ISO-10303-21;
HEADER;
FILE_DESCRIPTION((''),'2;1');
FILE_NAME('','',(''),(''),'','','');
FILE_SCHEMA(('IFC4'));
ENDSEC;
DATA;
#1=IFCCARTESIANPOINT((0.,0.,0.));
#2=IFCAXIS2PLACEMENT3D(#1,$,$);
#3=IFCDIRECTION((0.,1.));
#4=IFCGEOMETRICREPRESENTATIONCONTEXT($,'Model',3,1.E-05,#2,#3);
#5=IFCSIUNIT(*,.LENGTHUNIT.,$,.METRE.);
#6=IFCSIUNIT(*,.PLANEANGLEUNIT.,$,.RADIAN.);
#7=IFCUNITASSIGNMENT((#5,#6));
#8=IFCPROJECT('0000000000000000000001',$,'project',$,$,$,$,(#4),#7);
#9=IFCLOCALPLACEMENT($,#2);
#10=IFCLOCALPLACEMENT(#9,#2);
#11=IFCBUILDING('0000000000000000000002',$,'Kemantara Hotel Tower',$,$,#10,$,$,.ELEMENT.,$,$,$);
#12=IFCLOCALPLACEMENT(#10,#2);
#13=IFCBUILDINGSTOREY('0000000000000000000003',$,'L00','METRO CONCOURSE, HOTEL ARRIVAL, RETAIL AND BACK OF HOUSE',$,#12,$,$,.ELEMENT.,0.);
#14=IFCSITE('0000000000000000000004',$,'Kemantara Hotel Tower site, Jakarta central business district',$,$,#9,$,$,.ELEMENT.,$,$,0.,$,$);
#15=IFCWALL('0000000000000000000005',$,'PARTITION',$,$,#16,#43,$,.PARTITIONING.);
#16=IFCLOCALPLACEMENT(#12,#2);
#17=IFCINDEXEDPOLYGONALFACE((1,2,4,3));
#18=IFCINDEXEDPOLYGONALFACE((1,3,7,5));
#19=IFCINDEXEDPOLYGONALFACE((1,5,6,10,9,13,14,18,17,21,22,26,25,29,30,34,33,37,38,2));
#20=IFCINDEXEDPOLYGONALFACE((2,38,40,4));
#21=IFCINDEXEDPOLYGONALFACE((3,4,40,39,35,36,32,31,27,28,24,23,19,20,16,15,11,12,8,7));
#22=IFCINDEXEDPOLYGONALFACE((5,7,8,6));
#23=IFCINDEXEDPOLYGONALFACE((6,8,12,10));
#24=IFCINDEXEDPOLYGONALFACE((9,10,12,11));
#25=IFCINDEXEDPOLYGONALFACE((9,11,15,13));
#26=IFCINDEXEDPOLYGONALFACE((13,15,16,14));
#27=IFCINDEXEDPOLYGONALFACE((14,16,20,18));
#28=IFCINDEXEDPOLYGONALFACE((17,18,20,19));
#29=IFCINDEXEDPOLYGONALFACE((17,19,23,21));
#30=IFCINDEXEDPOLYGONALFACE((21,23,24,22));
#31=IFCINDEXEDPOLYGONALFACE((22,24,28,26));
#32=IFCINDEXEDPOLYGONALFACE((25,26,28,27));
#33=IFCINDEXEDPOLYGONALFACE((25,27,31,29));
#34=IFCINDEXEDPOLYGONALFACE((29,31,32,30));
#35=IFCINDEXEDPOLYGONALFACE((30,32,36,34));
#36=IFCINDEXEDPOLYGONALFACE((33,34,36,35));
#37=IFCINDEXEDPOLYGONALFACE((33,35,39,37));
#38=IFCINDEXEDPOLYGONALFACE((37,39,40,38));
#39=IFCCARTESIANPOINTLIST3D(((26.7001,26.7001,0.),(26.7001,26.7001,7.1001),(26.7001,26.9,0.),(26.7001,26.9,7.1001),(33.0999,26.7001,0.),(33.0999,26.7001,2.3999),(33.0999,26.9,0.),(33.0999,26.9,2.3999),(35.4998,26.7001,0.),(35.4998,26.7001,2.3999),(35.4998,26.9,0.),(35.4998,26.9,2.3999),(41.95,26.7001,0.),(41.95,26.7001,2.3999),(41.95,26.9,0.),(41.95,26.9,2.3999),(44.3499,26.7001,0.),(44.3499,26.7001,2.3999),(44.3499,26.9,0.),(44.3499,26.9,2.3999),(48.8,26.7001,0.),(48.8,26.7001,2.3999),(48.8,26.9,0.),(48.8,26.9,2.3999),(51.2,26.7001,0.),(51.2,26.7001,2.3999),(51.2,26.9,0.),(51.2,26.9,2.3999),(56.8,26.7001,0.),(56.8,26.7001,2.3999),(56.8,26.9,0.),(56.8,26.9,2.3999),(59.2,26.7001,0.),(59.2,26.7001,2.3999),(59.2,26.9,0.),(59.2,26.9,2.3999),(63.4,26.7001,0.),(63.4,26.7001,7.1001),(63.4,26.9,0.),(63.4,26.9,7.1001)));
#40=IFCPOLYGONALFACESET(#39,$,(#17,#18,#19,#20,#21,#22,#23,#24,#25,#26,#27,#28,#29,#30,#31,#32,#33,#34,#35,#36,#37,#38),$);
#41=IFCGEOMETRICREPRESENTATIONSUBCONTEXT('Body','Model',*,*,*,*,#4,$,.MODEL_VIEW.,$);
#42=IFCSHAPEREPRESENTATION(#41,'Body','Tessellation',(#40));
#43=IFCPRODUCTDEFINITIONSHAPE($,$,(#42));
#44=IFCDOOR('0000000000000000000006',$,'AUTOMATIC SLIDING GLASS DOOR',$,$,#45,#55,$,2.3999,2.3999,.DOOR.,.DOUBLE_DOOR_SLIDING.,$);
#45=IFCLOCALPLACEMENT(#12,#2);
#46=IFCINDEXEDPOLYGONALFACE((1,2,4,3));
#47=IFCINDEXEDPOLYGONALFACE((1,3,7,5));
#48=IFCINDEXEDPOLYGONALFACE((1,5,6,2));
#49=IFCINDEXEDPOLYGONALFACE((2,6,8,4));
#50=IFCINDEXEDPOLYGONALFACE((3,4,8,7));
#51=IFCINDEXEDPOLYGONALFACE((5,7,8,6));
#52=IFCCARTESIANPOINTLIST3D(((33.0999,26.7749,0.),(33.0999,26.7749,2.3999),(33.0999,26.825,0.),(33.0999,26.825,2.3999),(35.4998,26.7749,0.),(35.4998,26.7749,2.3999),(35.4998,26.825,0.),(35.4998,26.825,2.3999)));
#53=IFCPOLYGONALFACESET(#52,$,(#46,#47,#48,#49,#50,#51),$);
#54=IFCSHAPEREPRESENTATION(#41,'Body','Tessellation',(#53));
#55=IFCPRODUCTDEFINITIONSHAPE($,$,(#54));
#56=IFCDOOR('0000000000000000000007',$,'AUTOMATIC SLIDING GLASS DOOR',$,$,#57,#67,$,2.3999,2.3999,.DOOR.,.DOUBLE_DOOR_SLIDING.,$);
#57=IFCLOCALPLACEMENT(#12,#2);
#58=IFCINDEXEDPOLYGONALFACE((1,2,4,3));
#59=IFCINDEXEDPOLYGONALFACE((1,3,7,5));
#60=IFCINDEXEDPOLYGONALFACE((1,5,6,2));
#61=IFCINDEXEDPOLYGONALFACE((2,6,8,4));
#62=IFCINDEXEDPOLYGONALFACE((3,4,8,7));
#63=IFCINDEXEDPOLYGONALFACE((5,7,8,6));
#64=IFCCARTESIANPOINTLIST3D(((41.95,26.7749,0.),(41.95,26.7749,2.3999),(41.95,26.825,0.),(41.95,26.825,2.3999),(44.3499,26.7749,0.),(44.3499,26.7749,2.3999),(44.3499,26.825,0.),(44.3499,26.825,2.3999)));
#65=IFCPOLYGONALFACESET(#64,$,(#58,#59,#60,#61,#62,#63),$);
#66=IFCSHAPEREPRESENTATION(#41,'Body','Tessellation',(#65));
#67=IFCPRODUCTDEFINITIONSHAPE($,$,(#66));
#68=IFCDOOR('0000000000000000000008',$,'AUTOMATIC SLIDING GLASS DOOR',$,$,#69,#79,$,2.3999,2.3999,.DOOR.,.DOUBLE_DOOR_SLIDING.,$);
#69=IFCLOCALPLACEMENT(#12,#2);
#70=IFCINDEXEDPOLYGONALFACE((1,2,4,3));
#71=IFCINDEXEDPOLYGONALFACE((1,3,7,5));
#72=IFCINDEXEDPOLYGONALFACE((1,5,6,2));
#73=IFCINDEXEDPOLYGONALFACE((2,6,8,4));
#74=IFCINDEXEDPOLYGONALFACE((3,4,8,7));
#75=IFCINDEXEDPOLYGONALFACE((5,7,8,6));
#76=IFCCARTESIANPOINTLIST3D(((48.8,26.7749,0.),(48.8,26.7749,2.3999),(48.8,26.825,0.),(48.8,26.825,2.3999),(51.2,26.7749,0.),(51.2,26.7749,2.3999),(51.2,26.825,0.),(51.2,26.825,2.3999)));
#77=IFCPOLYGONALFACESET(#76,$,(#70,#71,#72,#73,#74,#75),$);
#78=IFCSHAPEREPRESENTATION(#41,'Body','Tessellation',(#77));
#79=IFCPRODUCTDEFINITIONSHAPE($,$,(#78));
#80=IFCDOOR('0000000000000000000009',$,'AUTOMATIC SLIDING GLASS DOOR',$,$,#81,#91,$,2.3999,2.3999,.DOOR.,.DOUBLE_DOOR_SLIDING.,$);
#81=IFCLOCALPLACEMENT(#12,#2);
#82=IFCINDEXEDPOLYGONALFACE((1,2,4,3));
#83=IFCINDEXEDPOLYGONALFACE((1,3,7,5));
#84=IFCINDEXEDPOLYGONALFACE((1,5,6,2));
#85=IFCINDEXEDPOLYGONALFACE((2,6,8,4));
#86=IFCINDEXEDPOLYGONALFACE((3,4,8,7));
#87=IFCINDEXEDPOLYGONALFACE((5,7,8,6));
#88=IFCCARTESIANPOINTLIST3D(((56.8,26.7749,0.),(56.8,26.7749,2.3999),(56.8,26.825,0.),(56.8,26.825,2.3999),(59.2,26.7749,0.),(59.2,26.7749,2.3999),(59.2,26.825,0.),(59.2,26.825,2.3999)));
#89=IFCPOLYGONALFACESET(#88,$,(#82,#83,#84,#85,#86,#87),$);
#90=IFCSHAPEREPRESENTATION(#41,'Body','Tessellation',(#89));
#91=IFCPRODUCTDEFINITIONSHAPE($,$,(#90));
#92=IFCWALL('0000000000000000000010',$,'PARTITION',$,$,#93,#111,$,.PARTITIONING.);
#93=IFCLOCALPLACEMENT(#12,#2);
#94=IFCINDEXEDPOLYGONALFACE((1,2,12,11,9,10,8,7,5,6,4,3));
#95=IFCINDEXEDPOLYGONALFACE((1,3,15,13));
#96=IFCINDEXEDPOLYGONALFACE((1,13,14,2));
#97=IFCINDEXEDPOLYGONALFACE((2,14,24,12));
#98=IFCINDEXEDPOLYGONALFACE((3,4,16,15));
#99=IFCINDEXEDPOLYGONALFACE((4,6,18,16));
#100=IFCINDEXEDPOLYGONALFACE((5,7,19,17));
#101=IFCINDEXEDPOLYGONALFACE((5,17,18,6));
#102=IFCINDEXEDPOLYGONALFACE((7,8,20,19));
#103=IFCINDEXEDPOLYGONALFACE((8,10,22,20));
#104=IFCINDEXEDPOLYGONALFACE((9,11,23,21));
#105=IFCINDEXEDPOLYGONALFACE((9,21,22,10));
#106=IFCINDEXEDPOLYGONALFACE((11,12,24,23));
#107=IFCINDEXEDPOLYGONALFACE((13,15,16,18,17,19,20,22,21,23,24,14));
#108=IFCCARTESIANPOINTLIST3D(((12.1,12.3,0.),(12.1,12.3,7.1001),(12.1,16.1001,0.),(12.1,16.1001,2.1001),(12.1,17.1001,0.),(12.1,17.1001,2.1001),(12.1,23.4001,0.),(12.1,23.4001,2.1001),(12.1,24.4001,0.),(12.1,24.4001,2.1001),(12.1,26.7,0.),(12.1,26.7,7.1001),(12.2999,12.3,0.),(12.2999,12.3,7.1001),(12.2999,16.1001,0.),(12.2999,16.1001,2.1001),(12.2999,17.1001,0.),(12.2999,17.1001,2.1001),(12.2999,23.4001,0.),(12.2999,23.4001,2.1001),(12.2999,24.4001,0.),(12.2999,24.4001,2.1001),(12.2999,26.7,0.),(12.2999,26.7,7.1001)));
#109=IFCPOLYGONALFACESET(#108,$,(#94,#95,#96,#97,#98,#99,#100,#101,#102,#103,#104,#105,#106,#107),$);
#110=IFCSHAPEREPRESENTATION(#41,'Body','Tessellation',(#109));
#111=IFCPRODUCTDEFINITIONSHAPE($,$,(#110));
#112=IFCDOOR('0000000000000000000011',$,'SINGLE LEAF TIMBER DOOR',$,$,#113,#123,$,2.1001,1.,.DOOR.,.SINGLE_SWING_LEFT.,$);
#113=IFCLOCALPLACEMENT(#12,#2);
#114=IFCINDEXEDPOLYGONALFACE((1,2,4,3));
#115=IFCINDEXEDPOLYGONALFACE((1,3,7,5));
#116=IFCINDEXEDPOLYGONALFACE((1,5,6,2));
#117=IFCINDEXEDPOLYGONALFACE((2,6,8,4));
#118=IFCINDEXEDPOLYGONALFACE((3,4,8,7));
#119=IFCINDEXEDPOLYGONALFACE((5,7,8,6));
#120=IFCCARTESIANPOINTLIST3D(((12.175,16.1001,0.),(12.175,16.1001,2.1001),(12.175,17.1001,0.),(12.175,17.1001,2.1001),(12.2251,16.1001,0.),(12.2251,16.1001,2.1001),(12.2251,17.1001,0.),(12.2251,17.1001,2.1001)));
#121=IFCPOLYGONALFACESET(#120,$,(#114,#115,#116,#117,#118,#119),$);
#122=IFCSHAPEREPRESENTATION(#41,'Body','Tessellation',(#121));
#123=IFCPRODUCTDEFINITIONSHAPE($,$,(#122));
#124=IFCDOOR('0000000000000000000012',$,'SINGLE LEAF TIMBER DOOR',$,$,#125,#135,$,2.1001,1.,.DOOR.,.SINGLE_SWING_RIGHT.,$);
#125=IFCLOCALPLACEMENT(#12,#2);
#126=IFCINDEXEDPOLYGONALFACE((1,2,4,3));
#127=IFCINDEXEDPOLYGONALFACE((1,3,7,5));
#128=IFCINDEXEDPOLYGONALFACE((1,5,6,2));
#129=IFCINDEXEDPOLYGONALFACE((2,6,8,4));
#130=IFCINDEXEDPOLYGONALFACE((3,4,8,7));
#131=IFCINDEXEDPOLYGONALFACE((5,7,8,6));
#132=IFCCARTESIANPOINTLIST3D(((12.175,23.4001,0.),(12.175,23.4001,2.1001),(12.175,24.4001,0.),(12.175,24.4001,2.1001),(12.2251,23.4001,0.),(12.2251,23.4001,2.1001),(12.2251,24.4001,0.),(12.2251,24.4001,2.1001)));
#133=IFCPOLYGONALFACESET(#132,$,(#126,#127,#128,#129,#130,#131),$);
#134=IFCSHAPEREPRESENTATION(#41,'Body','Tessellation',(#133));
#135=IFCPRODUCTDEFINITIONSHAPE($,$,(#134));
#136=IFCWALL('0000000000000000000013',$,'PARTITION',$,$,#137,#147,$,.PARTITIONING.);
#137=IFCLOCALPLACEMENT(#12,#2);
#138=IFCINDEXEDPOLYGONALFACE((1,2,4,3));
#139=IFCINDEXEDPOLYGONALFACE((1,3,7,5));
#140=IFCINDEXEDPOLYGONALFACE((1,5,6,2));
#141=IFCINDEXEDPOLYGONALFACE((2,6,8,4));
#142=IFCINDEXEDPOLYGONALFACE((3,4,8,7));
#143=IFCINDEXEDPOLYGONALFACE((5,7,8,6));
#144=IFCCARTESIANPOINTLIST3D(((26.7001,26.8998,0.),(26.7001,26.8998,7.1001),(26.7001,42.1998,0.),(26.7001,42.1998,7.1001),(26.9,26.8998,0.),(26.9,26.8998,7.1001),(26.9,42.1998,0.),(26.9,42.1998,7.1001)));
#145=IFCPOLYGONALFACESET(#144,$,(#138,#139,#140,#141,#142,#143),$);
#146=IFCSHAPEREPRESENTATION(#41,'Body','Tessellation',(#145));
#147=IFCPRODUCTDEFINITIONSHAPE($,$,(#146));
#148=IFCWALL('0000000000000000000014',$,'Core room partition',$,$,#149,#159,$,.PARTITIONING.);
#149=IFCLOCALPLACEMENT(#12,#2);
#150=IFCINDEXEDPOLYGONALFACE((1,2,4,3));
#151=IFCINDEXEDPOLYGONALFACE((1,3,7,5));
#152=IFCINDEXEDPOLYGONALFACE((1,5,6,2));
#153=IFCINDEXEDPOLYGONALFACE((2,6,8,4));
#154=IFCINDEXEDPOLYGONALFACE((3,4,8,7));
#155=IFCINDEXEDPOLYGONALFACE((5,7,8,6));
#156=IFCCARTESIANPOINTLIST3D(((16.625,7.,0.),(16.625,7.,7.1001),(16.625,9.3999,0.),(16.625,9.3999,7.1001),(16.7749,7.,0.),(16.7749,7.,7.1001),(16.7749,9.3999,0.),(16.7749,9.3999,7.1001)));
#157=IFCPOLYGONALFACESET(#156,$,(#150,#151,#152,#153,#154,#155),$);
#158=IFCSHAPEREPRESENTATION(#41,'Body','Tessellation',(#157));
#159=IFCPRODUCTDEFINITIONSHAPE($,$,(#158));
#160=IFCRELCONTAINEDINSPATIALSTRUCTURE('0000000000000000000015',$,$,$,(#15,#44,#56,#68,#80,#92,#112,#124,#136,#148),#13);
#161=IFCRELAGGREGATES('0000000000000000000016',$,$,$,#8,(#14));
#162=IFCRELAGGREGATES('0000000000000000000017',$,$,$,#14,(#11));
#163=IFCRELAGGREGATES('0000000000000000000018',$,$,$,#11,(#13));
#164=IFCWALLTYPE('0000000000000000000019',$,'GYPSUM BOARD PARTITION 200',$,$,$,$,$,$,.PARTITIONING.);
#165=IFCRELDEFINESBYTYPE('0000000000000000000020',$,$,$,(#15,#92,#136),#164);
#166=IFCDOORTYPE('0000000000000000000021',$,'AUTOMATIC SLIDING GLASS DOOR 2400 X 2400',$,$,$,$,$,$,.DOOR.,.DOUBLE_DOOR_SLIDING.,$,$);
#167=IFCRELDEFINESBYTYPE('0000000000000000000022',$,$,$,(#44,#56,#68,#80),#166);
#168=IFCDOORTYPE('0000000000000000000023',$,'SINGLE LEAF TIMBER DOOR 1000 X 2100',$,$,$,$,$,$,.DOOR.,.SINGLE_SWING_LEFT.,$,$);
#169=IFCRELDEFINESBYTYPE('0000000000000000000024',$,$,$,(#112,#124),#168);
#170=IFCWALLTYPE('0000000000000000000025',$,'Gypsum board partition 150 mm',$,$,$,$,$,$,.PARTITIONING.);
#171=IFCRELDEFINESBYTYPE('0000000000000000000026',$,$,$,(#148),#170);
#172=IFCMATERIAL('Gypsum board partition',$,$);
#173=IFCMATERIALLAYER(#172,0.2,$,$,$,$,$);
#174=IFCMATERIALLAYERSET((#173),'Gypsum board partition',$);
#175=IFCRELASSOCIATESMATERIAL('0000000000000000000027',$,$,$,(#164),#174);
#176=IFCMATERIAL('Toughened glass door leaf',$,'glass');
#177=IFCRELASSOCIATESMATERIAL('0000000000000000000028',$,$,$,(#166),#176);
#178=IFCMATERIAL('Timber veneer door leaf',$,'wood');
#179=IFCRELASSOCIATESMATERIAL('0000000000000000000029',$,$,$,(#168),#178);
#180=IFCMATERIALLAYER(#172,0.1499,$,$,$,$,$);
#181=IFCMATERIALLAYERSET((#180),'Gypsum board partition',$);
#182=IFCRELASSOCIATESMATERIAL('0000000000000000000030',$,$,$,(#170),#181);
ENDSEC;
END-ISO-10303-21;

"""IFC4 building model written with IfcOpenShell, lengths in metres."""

from ifc_helpers import new_model, si_unit, direction, frame, frame_2d, origin, place, context, subcontext, project, spatial, rectangle, extrude, material, layer, layer_set, type_object, element, fill, save


model = new_model("IFC4")

# Units and contexts
model_context = context("Model", 3, precision=1e-05, world=origin(), true_north=direction((0.0, 1.0)))
body_context = subcontext(model_context, "Body", "Model", "MODEL_VIEW")
ifc_project = project(units=[si_unit("LENGTHUNIT", "METRE"), si_unit("PLANEANGLEUNIT", "RADIAN")], contexts=[model_context])

# Site, building, storey
site_placement = place(None, origin())
site = spatial("IfcSite", under=ifc_project, at=site_placement, Name="Kemantara Hotel Tower site, Jakarta central business district", CompositionType="ELEMENT", RefElevation=0.0)
building_placement = place(site_placement, origin())
building = spatial("IfcBuilding", under=site, at=building_placement, Name="Kemantara Hotel Tower", CompositionType="ELEMENT")
storey_placement = place(building_placement, origin())
storey = spatial("IfcBuildingStorey", under=building, at=storey_placement, Name="L00", Description="METRO CONCOURSE, HOTEL ARRIVAL, RETAIL AND BACK OF HOUSE", CompositionType="ELEMENT", Elevation=0.0)

# Walls, openings, doors
ifc_material_1 = material(Name="Gypsum board partition")
ifc_layer_1 = layer(ifc_material_1, 0.2)
ifc_layer_set_1 = layer_set([ifc_layer_1], Name="Gypsum board partition")
wall_type_1 = type_object("IfcWallType", Name="GYPSUM BOARD PARTITION 200", PredefinedType="PARTITIONING", material=ifc_layer_set_1)
wall_1_placement = place(storey_placement, frame((26.7, 26.8, 0.0), z_axis=(0.0, 0.0, 1.0), x_axis=(1.0, 0.0, 0.0)))
wall_1 = element("IfcWall", 1, at=wall_1_placement, inside=storey, type_object=wall_type_1, Name="PARTITION", PredefinedType="PARTITIONING", context=body_context, shape_type="SweptSolid", body=[
    extrude(rectangle(XDim=36.7, YDim=0.2, at=frame_2d((18.3501, 0.0))), origin(), (0.0, 0.0, 1.0), 7.1001),
])
opening_1_placement = place(wall_1_placement, frame((6.3999, 0.0, 0.0)))
opening_1 = element("IfcOpeningElement", 2, at=opening_1_placement, cuts=wall_1, PredefinedType="OPENING", context=body_context, shape_type="SweptSolid", body=[
    extrude(rectangle(XDim=2.3999, YDim=2.3999, at=frame_2d((1.2, 1.2))), frame((0.0, 0.1099, 0.0), z_axis=(0.0, -1.0, 0.0), x_axis=(1.0, 0.0, 0.0)), (0.0, 0.0, 1.0), 0.22),
])
opening_2_placement = place(wall_1_placement, frame((15.25, 0.0, 0.0)))
opening_2 = element("IfcOpeningElement", 3, at=opening_2_placement, cuts=wall_1, PredefinedType="OPENING", context=body_context, shape_type="SweptSolid", body=[
    extrude(rectangle(XDim=2.3999, YDim=2.3999, at=frame_2d((1.2, 1.2))), frame((0.0, 0.1099, 0.0), z_axis=(0.0, -1.0, 0.0), x_axis=(1.0, 0.0, 0.0)), (0.0, 0.0, 1.0), 0.22),
])
opening_3_placement = place(wall_1_placement, frame((22.1001, 0.0, 0.0)))
opening_3 = element("IfcOpeningElement", 4, at=opening_3_placement, cuts=wall_1, PredefinedType="OPENING", context=body_context, shape_type="SweptSolid", body=[
    extrude(rectangle(XDim=2.3999, YDim=2.3999, at=frame_2d((1.2, 1.2))), frame((0.0, 0.1099, 0.0), z_axis=(0.0, -1.0, 0.0), x_axis=(1.0, 0.0, 0.0)), (0.0, 0.0, 1.0), 0.22),
])
opening_4_placement = place(wall_1_placement, frame((30.1001, 0.0, 0.0)))
opening_4 = element("IfcOpeningElement", 5, at=opening_4_placement, cuts=wall_1, PredefinedType="OPENING", context=body_context, shape_type="SweptSolid", body=[
    extrude(rectangle(XDim=2.3999, YDim=2.3999, at=frame_2d((1.2, 1.2))), frame((0.0, 0.1099, 0.0), z_axis=(0.0, -1.0, 0.0), x_axis=(1.0, 0.0, 0.0)), (0.0, 0.0, 1.0), 0.22),
])
ifc_material_2 = material(Name="Toughened glass door leaf", Category="glass")
door_type_1 = type_object("IfcDoorType", Name="AUTOMATIC SLIDING GLASS DOOR 2400 X 2400", OperationType="DOUBLE_DOOR_SLIDING", PredefinedType="DOOR", material=ifc_material_2)
door_1_placement = place(opening_1_placement, origin())
door_1 = element("IfcDoor", 6, at=door_1_placement, inside=storey, type_object=door_type_1, Name="AUTOMATIC SLIDING GLASS DOOR", OperationType="DOUBLE_DOOR_SLIDING", OverallHeight=2.3999, OverallWidth=2.3999, PredefinedType="DOOR", context=body_context, shape_type="SweptSolid", body=[
    extrude(rectangle(XDim=2.3999, YDim=2.3999, at=frame_2d((1.2, 1.2))), frame((0.0, 0.0249, 0.0), z_axis=(0.0, -1.0, 0.0), x_axis=(1.0, 0.0, 0.0)), (0.0, 0.0, 1.0), 0.05),
])
fill(opening_1, door_1)
door_2_placement = place(opening_2_placement, origin())
door_2 = element("IfcDoor", 7, at=door_2_placement, inside=storey, type_object=door_type_1, Name="AUTOMATIC SLIDING GLASS DOOR", OperationType="DOUBLE_DOOR_SLIDING", OverallHeight=2.3999, OverallWidth=2.3999, PredefinedType="DOOR", context=body_context, shape_type="SweptSolid", body=[
    extrude(rectangle(XDim=2.3999, YDim=2.3999, at=frame_2d((1.2, 1.2))), frame((0.0, 0.0249, 0.0), z_axis=(0.0, -1.0, 0.0), x_axis=(1.0, 0.0, 0.0)), (0.0, 0.0, 1.0), 0.05),
])
fill(opening_2, door_2)
door_3_placement = place(opening_3_placement, origin())
door_3 = element("IfcDoor", 8, at=door_3_placement, inside=storey, type_object=door_type_1, Name="AUTOMATIC SLIDING GLASS DOOR", OperationType="DOUBLE_DOOR_SLIDING", OverallHeight=2.3999, OverallWidth=2.3999, PredefinedType="DOOR", context=body_context, shape_type="SweptSolid", body=[
    extrude(rectangle(XDim=2.3999, YDim=2.3999, at=frame_2d((1.2, 1.2))), frame((0.0, 0.0249, 0.0), z_axis=(0.0, -1.0, 0.0), x_axis=(1.0, 0.0, 0.0)), (0.0, 0.0, 1.0), 0.05),
])
fill(opening_3, door_3)
door_4_placement = place(opening_4_placement, origin())
door_4 = element("IfcDoor", 9, at=door_4_placement, inside=storey, type_object=door_type_1, Name="AUTOMATIC SLIDING GLASS DOOR", OperationType="DOUBLE_DOOR_SLIDING", OverallHeight=2.3999, OverallWidth=2.3999, PredefinedType="DOOR", context=body_context, shape_type="SweptSolid", body=[
    extrude(rectangle(XDim=2.3999, YDim=2.3999, at=frame_2d((1.2, 1.2))), frame((0.0, 0.0249, 0.0), z_axis=(0.0, -1.0, 0.0), x_axis=(1.0, 0.0, 0.0)), (0.0, 0.0, 1.0), 0.05),
])
fill(opening_4, door_4)
wall_2_placement = place(storey_placement, frame((12.2, 12.3, 0.0), z_axis=(0.0, 0.0, 1.0), x_axis=(0.0, 1.0, 0.0)))
wall_2 = element("IfcWall", 10, at=wall_2_placement, inside=storey, type_object=wall_type_1, Name="PARTITION", PredefinedType="PARTITIONING", context=body_context, shape_type="SweptSolid", body=[
    extrude(rectangle(XDim=14.3999, YDim=0.2, at=frame_2d((7.2, 0.0))), origin(), (0.0, 0.0, 1.0), 7.1001),
])
opening_5_placement = place(wall_2_placement, frame((3.8, 0.0, 0.0)))
opening_5 = element("IfcOpeningElement", 11, at=opening_5_placement, cuts=wall_2, PredefinedType="OPENING", context=body_context, shape_type="SweptSolid", body=[
    extrude(rectangle(XDim=1.0, YDim=2.1001, at=frame_2d((0.5, 1.05))), frame((0.0, 0.1099, 0.0), z_axis=(0.0, -1.0, 0.0), x_axis=(1.0, 0.0, 0.0)), (0.0, 0.0, 1.0), 0.22),
])
opening_6_placement = place(wall_2_placement, frame((11.1001, 0.0, 0.0)))
opening_6 = element("IfcOpeningElement", 12, at=opening_6_placement, cuts=wall_2, PredefinedType="OPENING", context=body_context, shape_type="SweptSolid", body=[
    extrude(rectangle(XDim=1.0, YDim=2.1001, at=frame_2d((0.5, 1.05))), frame((0.0, 0.1099, 0.0), z_axis=(0.0, -1.0, 0.0), x_axis=(1.0, 0.0, 0.0)), (0.0, 0.0, 1.0), 0.22),
])
ifc_material_3 = material(Name="Timber veneer door leaf", Category="wood")
door_type_2 = type_object("IfcDoorType", Name="SINGLE LEAF TIMBER DOOR 1000 X 2100", OperationType="SINGLE_SWING_LEFT", PredefinedType="DOOR", material=ifc_material_3)
door_5_placement = place(opening_5_placement, origin())
door_5 = element("IfcDoor", 13, at=door_5_placement, inside=storey, type_object=door_type_2, Name="SINGLE LEAF TIMBER DOOR", OperationType="SINGLE_SWING_LEFT", OverallHeight=2.1001, OverallWidth=1.0, PredefinedType="DOOR", context=body_context, shape_type="SweptSolid", body=[
    extrude(rectangle(XDim=1.0, YDim=2.1001, at=frame_2d((0.5, 1.05))), frame((0.0, 0.0249, 0.0), z_axis=(0.0, -1.0, 0.0), x_axis=(1.0, 0.0, 0.0)), (0.0, 0.0, 1.0), 0.05),
])
fill(opening_5, door_5)
door_6_placement = place(opening_6_placement, origin())
door_6 = element("IfcDoor", 14, at=door_6_placement, inside=storey, type_object=door_type_2, Name="SINGLE LEAF TIMBER DOOR", OperationType="SINGLE_SWING_RIGHT", OverallHeight=2.1001, OverallWidth=1.0, PredefinedType="DOOR", context=body_context, shape_type="SweptSolid", body=[
    extrude(rectangle(XDim=1.0, YDim=2.1001, at=frame_2d((0.5, 1.05))), frame((0.0, 0.0249, 0.0), z_axis=(0.0, -1.0, 0.0), x_axis=(1.0, 0.0, 0.0)), (0.0, 0.0, 1.0), 0.05),
])
fill(opening_6, door_6)

# Walls
wall_3_placement = place(storey_placement, frame((26.8, 26.8999, 0.0), z_axis=(0.0, 0.0, 1.0), x_axis=(0.0, 1.0, 0.0)))
element("IfcWall", 15, at=wall_3_placement, inside=storey, type_object=wall_type_1, Name="PARTITION", PredefinedType="PARTITIONING", context=body_context, shape_type="SweptSolid", body=[
    extrude(rectangle(XDim=15.3, YDim=0.2, at=frame_2d((7.6499, 0.0))), origin(), (0.0, 0.0, 1.0), 7.1001),
])
ifc_layer_2 = layer(ifc_material_1, 0.1499)
ifc_layer_set_2 = layer_set([ifc_layer_2], Name="Gypsum board partition")
wall_type_2 = type_object("IfcWallType", Name="Gypsum board partition 150 mm", PredefinedType="PARTITIONING", material=ifc_layer_set_2)
for number, where, z_axis, x_axis, name in (
    (16, (16.7, 7.0, 0.0), (0.0, 0.0, 1.0), (0.0, 1.0, 0.0), "Core room partition"),
):
    element("IfcWall", number, at=place(storey_placement, frame(where, z_axis=z_axis, x_axis=x_axis)), inside=storey, type_object=wall_type_2, Name=name, PredefinedType="PARTITIONING", context=body_context, shape_type="SweptSolid", body=[
        extrude(rectangle(XDim=2.3999, YDim=0.1499, at=frame_2d((1.2, 0.0))), origin(), (0.0, 0.0, 1.0), 7.1001),
    ])

save(model, "model.ifc")
